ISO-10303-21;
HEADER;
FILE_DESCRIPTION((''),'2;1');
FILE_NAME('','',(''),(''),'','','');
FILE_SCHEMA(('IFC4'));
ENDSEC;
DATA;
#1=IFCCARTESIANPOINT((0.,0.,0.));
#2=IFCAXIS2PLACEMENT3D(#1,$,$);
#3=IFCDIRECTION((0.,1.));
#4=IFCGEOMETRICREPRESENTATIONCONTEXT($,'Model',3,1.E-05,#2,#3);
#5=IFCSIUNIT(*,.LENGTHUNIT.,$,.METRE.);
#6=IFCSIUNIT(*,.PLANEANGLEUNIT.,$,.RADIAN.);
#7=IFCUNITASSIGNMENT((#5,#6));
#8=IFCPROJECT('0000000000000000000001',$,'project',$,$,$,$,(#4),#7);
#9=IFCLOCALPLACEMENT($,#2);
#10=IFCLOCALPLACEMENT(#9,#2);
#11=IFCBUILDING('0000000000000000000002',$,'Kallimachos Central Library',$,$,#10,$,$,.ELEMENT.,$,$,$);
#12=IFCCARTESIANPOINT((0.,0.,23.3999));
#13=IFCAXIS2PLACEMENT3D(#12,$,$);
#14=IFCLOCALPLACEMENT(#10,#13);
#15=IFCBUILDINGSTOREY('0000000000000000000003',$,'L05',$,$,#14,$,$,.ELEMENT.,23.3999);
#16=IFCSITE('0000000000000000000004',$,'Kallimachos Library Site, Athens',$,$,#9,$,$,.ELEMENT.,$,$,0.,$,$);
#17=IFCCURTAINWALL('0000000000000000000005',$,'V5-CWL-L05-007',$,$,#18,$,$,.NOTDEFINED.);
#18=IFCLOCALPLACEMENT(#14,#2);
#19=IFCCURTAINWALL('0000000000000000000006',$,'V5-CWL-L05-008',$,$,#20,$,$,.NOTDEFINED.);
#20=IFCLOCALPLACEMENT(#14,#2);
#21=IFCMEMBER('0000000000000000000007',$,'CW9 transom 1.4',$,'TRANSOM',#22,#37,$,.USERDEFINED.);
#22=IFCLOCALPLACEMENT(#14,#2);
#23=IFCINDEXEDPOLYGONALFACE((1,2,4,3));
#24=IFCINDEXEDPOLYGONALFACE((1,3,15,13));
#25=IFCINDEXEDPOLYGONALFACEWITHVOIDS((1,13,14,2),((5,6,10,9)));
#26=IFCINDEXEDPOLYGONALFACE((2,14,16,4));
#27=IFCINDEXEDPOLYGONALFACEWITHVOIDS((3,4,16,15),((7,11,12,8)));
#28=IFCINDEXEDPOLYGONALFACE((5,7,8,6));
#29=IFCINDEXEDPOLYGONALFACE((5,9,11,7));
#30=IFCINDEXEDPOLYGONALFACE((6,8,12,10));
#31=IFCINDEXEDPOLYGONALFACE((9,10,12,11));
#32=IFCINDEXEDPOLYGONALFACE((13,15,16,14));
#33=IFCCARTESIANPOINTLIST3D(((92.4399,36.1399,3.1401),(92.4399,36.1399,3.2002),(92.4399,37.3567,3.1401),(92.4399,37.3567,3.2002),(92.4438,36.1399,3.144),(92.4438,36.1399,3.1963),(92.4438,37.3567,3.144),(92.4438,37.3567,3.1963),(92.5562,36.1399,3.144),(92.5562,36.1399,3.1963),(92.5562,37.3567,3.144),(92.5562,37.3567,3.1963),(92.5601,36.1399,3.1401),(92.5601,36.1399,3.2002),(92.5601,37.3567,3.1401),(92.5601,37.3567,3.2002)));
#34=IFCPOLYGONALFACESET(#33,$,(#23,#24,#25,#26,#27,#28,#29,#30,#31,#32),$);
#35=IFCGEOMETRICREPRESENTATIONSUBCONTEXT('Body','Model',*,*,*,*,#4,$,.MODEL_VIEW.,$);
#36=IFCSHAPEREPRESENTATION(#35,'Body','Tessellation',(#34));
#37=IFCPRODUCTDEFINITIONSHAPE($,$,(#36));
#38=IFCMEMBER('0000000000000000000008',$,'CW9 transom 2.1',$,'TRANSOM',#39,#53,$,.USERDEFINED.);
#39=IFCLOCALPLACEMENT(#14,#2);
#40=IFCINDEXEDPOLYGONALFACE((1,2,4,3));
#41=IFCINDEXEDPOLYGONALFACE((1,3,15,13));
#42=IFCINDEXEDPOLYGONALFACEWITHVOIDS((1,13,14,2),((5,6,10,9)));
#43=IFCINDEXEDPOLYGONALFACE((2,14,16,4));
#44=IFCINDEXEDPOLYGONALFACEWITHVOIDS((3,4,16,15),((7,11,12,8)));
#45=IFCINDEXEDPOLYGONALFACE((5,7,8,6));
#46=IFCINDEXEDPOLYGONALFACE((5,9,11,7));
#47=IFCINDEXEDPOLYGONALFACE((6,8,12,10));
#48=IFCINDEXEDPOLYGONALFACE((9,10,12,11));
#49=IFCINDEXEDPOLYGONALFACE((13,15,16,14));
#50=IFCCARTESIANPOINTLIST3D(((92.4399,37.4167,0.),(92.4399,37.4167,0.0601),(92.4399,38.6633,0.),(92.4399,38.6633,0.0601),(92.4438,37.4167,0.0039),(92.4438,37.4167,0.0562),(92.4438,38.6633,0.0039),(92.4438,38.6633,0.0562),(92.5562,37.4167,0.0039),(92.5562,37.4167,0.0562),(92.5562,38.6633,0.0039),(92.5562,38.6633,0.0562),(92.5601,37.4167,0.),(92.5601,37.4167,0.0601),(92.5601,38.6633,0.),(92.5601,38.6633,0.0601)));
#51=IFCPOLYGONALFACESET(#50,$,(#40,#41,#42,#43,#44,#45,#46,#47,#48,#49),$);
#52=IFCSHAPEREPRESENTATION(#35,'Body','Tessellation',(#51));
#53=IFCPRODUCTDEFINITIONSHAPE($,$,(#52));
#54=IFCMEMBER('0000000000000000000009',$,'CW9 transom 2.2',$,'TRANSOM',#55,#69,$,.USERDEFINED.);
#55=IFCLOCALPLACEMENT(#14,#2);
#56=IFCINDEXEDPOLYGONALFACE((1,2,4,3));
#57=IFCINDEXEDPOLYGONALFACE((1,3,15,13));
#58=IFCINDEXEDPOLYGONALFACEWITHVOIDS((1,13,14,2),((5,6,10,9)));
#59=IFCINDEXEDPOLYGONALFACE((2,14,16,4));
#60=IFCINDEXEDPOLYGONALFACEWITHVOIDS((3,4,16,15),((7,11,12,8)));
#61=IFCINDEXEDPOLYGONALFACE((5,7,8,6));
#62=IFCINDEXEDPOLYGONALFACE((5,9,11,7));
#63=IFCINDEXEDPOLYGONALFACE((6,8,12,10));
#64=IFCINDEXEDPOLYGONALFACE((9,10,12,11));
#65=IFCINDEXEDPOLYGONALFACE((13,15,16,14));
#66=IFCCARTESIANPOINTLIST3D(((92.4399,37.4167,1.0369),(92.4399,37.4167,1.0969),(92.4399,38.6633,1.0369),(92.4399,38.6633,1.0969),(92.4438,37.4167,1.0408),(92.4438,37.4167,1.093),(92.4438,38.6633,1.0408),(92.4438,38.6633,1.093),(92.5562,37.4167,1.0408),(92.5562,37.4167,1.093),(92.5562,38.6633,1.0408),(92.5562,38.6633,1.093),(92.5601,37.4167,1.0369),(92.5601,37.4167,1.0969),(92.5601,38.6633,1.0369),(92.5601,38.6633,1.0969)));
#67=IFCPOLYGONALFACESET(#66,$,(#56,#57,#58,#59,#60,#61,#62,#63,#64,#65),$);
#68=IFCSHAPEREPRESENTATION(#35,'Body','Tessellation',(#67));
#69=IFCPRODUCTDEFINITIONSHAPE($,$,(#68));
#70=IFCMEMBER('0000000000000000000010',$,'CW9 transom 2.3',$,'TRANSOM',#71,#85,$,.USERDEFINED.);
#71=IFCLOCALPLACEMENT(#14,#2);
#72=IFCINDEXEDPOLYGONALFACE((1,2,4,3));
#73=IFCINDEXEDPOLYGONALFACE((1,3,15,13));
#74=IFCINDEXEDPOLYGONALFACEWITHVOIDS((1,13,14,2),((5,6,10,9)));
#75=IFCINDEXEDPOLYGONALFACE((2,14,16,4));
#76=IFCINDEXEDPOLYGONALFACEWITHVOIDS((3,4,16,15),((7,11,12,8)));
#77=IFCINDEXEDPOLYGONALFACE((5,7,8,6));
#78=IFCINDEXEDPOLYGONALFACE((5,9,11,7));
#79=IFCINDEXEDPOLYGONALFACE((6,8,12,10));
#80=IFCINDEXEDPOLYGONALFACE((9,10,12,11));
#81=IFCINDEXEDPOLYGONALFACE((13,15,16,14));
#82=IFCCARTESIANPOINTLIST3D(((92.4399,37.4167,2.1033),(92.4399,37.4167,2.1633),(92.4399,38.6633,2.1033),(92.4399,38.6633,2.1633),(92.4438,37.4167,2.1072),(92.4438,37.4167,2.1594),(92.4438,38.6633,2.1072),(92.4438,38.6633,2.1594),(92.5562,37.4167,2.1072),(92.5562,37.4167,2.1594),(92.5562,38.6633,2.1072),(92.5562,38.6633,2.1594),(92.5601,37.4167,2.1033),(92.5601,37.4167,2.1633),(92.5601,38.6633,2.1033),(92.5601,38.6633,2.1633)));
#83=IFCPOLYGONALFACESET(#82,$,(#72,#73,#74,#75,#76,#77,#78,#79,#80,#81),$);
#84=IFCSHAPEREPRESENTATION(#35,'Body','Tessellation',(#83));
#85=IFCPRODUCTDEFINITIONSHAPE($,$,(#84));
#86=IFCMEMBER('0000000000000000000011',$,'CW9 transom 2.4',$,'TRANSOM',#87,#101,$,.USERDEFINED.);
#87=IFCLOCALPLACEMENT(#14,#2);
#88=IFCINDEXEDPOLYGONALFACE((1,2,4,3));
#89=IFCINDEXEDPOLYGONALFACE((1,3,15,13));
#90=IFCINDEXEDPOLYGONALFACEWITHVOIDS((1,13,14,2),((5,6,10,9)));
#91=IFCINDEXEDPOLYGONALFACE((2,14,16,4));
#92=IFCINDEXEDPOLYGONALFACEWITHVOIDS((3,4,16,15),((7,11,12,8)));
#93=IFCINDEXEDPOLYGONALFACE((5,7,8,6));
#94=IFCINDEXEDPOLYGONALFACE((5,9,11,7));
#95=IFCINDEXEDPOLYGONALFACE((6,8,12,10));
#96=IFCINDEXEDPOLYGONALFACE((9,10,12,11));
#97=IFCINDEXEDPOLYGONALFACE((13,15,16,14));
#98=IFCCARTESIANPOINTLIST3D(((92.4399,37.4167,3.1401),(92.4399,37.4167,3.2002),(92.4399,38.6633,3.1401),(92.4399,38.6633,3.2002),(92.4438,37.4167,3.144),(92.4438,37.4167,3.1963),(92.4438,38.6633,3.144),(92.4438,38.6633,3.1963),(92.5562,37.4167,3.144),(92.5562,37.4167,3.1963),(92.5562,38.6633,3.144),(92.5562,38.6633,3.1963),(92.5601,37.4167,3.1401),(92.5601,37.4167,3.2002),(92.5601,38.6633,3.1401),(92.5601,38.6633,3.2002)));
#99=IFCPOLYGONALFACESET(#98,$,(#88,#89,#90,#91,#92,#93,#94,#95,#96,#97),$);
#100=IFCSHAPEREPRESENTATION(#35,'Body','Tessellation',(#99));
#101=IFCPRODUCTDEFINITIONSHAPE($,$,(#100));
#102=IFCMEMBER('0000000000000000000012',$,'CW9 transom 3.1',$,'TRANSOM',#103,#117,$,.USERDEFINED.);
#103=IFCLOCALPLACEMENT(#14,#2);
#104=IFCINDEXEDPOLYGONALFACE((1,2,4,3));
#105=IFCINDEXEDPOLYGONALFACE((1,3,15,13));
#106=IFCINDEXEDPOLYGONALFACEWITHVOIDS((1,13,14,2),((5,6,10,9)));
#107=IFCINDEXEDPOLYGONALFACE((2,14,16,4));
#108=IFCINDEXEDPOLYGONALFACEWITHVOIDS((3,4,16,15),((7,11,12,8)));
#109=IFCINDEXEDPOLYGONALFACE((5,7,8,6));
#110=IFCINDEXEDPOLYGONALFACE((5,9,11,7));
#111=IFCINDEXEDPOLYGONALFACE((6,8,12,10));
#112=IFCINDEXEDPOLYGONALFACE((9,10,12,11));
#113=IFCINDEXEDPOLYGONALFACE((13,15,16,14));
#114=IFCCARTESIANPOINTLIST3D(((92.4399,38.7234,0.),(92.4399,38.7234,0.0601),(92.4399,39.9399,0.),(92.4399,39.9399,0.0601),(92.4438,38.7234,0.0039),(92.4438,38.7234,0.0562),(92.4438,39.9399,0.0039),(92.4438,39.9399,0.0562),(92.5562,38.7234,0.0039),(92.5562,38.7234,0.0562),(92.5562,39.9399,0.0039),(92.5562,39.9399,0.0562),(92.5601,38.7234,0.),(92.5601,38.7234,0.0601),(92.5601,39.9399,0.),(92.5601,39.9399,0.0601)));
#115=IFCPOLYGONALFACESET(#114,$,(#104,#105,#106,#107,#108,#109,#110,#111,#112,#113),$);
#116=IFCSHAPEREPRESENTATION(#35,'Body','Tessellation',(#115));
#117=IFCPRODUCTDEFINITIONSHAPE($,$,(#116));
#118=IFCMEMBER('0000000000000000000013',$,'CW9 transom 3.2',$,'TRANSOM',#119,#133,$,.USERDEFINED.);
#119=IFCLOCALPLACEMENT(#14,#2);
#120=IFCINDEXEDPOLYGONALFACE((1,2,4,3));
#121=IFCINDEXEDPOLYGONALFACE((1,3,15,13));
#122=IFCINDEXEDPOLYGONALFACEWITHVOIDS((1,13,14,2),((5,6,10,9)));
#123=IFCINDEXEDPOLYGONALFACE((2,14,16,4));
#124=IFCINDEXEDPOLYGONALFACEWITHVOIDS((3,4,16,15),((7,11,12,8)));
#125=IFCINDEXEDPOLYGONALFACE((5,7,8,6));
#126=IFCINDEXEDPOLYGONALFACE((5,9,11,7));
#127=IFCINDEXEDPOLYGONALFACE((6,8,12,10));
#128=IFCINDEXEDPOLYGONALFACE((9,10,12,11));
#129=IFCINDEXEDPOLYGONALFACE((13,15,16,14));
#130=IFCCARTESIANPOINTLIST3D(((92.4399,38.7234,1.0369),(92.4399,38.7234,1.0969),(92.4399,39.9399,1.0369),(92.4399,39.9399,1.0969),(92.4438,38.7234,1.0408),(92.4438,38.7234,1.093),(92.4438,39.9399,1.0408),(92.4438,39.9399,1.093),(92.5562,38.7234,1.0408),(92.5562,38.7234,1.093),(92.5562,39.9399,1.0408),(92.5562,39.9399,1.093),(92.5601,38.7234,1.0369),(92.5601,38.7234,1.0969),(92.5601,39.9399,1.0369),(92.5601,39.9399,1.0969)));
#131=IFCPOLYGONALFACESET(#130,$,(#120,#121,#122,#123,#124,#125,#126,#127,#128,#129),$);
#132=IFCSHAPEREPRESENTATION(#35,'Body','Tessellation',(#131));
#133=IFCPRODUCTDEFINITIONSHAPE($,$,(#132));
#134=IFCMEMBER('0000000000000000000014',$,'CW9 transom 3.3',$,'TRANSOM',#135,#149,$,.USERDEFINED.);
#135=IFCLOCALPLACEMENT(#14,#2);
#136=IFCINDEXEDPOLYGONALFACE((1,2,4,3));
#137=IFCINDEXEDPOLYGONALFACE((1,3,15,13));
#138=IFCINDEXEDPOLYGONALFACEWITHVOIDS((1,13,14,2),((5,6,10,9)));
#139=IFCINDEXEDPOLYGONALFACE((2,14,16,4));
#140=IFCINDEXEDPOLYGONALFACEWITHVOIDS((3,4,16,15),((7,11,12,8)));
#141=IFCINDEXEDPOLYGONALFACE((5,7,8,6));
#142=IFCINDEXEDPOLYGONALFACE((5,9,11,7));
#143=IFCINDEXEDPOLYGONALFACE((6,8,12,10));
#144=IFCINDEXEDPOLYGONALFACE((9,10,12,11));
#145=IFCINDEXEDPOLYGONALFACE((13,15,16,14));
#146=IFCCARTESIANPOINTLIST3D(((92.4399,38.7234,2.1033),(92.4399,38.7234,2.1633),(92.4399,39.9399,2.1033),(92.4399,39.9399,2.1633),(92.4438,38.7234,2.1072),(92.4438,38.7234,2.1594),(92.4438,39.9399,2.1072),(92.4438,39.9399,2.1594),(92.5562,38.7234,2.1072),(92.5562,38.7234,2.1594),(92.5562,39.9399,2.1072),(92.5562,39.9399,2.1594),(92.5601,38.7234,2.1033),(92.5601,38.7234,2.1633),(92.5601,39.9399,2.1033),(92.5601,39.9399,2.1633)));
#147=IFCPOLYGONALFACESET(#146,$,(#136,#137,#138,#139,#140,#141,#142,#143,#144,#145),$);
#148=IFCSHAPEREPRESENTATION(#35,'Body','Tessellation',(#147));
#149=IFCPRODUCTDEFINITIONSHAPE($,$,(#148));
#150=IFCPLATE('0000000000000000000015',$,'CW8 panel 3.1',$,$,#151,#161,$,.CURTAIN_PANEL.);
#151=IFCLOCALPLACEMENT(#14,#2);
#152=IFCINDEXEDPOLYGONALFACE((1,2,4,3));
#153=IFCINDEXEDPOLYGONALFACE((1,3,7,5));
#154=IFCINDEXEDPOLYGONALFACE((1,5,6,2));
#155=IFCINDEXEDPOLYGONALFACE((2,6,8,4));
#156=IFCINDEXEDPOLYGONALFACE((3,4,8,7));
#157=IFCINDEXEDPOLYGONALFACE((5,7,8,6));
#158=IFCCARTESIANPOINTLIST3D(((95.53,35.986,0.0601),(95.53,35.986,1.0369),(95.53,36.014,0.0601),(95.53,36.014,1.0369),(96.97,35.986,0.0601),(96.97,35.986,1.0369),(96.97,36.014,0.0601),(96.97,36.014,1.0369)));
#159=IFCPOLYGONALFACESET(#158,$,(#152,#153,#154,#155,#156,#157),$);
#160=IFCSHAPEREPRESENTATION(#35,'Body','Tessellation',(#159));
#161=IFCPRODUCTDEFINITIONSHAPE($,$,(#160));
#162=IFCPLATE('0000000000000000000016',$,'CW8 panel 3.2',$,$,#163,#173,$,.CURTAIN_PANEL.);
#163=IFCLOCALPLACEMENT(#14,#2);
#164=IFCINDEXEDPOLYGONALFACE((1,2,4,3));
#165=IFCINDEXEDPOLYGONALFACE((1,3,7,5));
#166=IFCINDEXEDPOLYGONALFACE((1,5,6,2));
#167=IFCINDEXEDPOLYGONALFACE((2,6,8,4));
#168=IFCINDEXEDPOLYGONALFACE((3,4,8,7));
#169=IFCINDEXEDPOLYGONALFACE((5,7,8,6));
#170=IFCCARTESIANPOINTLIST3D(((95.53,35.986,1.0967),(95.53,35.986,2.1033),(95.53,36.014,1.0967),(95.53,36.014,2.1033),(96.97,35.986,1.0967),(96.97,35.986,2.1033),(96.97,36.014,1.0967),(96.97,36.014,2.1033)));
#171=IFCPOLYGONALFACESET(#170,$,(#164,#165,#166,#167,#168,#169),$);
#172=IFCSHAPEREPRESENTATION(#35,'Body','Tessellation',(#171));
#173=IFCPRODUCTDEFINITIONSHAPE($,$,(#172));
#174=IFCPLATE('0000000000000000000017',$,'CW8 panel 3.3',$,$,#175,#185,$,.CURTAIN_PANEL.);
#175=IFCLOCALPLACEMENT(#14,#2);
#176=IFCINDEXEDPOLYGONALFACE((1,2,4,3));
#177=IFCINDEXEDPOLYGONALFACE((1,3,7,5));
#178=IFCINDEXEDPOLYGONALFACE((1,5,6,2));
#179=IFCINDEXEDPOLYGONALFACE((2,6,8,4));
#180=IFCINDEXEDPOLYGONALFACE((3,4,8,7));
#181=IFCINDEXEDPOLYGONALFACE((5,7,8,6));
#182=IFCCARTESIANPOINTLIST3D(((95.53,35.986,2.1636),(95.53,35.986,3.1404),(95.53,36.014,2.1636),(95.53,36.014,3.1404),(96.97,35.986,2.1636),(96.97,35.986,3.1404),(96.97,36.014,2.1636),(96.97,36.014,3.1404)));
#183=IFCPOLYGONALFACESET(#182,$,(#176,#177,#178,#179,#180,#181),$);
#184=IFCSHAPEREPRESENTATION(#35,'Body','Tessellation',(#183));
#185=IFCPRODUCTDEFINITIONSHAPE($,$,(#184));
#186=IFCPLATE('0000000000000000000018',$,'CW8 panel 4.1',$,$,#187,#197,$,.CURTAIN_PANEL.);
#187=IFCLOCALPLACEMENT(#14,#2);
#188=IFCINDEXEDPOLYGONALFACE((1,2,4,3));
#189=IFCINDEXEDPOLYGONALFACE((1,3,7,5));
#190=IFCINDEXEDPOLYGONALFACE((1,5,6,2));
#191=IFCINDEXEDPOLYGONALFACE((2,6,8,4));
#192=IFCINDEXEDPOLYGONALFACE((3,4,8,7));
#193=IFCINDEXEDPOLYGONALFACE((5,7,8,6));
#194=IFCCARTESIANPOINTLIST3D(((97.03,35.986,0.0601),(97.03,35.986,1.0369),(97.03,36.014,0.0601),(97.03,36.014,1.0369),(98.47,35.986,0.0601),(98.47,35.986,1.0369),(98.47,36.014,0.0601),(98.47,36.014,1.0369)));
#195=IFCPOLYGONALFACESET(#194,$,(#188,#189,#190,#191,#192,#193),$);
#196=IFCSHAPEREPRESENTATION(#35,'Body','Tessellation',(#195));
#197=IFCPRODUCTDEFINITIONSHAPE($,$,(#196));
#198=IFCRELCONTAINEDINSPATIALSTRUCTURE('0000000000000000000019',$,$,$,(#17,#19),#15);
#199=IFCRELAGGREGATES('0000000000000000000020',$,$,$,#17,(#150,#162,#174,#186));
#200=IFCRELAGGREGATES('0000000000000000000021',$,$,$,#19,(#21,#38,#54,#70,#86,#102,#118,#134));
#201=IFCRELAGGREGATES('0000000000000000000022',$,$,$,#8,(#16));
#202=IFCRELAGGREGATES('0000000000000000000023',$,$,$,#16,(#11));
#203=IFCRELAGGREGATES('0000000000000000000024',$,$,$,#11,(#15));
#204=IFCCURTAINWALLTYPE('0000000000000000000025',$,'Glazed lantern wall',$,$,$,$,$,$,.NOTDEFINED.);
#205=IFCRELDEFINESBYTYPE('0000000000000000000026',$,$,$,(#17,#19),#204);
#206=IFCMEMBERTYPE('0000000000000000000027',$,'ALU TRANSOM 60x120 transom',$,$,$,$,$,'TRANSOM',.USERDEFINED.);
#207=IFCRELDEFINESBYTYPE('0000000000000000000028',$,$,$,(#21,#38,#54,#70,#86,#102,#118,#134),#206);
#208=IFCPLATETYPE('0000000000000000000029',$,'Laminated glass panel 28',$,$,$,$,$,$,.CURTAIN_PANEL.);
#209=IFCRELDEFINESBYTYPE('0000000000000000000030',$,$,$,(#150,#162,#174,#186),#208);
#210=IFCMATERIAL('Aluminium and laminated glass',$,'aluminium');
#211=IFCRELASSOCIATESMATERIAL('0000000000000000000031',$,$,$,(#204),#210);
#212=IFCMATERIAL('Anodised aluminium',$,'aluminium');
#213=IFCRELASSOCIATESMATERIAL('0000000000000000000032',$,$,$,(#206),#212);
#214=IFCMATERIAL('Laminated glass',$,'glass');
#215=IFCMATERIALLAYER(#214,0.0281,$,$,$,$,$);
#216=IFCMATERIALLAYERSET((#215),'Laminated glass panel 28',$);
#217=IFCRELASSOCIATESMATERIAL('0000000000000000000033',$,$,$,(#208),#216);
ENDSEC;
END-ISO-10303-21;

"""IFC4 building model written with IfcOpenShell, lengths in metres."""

from ifc_helpers import new_model, si_unit, direction, frame, origin, origin_2d, place, context, subcontext, project, spatial, rectangle, hollow_rectangle, extrude, material, layer, layer_set, material_profile, profile_set, type_object, element, aggregate, save


model = new_model("IFC4")

# Units and contexts
model_context = context("Model", 3, precision=1e-05, world=origin(), true_north=direction((0.0, 1.0)))
body_context = subcontext(model_context, "Body", "Model", "MODEL_VIEW")
ifc_project = project(units=[si_unit("LENGTHUNIT", "METRE"), si_unit("PLANEANGLEUNIT", "RADIAN")], contexts=[model_context])

# Site, building, storey
site_placement = place(None, origin())
site = spatial("IfcSite", under=ifc_project, at=site_placement, Name="Kallimachos Library Site, Athens", CompositionType="ELEMENT", RefElevation=0.0)
building_placement = place(site_placement, origin())
building = spatial("IfcBuilding", under=site, at=building_placement, Name="Kallimachos Central Library", CompositionType="ELEMENT")
storey_placement = place(building_placement, frame((0.0, 0.0, 23.3999)))
storey = spatial("IfcBuildingStorey", under=building, at=storey_placement, Name="L05", CompositionType="ELEMENT", Elevation=23.3999)

# Curtain wall
ifc_material_1 = material(Name="Aluminium and laminated glass", Category="aluminium")
curtain_wall_type = type_object("IfcCurtainWallType", Name="Glazed lantern wall", PredefinedType="NOTDEFINED", material=ifc_material_1)
curtain_wall_1_placement = place(storey_placement, origin())
curtain_wall_1 = element("IfcCurtainWall", 1, at=curtain_wall_1_placement, inside=storey, type_object=curtain_wall_type, Name="V5-CWL-L05-007", PredefinedType="NOTDEFINED")

# Curtain wall
curtain_wall_2_placement = place(storey_placement, origin())
curtain_wall_2 = element("IfcCurtainWall", 2, at=curtain_wall_2_placement, inside=storey, type_object=curtain_wall_type, Name="V5-CWL-L05-008", PredefinedType="NOTDEFINED")

# Members
ifc_material_2 = material(Name="Anodised aluminium", Category="aluminium")
ifc_material_profile_1 = material_profile(ifc_material_2, hollow_rectangle(XDim=0.0601, YDim=0.1201, WallThickness=0.0039, at=origin_2d()), Name="ALU TRANSOM 60x120")
ifc_profile_set_1 = profile_set([ifc_material_profile_1], Name="Anodised aluminium")
member_type_1 = type_object("IfcMemberType", Name="ALU TRANSOM 60x120 transom", ElementType="TRANSOM", PredefinedType="USERDEFINED", material=ifc_profile_set_1)
member_1_placement = place(storey_placement, frame((92.5, 36.1399, 3.1702), z_axis=(0.0, 1.0, 0.0), x_axis=(0.0, 0.0, 1.0)))
member_1 = element("IfcMember", 3, at=member_1_placement, type_object=member_type_1, Name="CW9 transom 1.4", ObjectType="TRANSOM", PredefinedType="USERDEFINED", context=body_context, shape_type="SweptSolid", body=[
    extrude(hollow_rectangle(XDim=0.0601, YDim=0.1201, WallThickness=0.0039, at=origin_2d()), origin(), (0.0, 0.0, 1.0), 1.2168),
])
member_2_placement = place(storey_placement, frame((92.5, 37.4167, 0.03), z_axis=(0.0, 1.0, 0.0), x_axis=(0.0, 0.0, 1.0)))
member_2 = element("IfcMember", 4, at=member_2_placement, type_object=member_type_1, Name="CW9 transom 2.1", ObjectType="TRANSOM", PredefinedType="USERDEFINED", context=body_context, shape_type="SweptSolid", body=[
    extrude(hollow_rectangle(XDim=0.0601, YDim=0.1201, WallThickness=0.0039, at=origin_2d()), origin(), (0.0, 0.0, 1.0), 1.2466),
])
member_3_placement = place(storey_placement, frame((92.5, 37.4167, 1.0669), z_axis=(0.0, 1.0, 0.0), x_axis=(0.0, 0.0, 1.0)))
member_3 = element("IfcMember", 5, at=member_3_placement, type_object=member_type_1, Name="CW9 transom 2.2", ObjectType="TRANSOM", PredefinedType="USERDEFINED", context=body_context, shape_type="SweptSolid", body=[
    extrude(hollow_rectangle(XDim=0.0601, YDim=0.1201, WallThickness=0.0039, at=origin_2d()), origin(), (0.0, 0.0, 1.0), 1.2466),
])
member_4_placement = place(storey_placement, frame((92.5, 37.4167, 2.1333), z_axis=(0.0, 1.0, 0.0), x_axis=(0.0, 0.0, 1.0)))
member_4 = element("IfcMember", 6, at=member_4_placement, type_object=member_type_1, Name="CW9 transom 2.3", ObjectType="TRANSOM", PredefinedType="USERDEFINED", context=body_context, shape_type="SweptSolid", body=[
    extrude(hollow_rectangle(XDim=0.0601, YDim=0.1201, WallThickness=0.0039, at=origin_2d()), origin(), (0.0, 0.0, 1.0), 1.2466),
])
member_5_placement = place(storey_placement, frame((92.5, 37.4167, 3.1702), z_axis=(0.0, 1.0, 0.0), x_axis=(0.0, 0.0, 1.0)))
member_5 = element("IfcMember", 7, at=member_5_placement, type_object=member_type_1, Name="CW9 transom 2.4", ObjectType="TRANSOM", PredefinedType="USERDEFINED", context=body_context, shape_type="SweptSolid", body=[
    extrude(hollow_rectangle(XDim=0.0601, YDim=0.1201, WallThickness=0.0039, at=origin_2d()), origin(), (0.0, 0.0, 1.0), 1.2466),
])
member_6_placement = place(storey_placement, frame((92.5, 38.7234, 0.03), z_axis=(0.0, 1.0, 0.0), x_axis=(0.0, 0.0, 1.0)))
member_6 = element("IfcMember", 8, at=member_6_placement, type_object=member_type_1, Name="CW9 transom 3.1", ObjectType="TRANSOM", PredefinedType="USERDEFINED", context=body_context, shape_type="SweptSolid", body=[
    extrude(hollow_rectangle(XDim=0.0601, YDim=0.1201, WallThickness=0.0039, at=origin_2d()), origin(), (0.0, 0.0, 1.0), 1.2166),
])
member_7_placement = place(storey_placement, frame((92.5, 38.7234, 1.0669), z_axis=(0.0, 1.0, 0.0), x_axis=(0.0, 0.0, 1.0)))
member_7 = element("IfcMember", 9, at=member_7_placement, type_object=member_type_1, Name="CW9 transom 3.2", ObjectType="TRANSOM", PredefinedType="USERDEFINED", context=body_context, shape_type="SweptSolid", body=[
    extrude(hollow_rectangle(XDim=0.0601, YDim=0.1201, WallThickness=0.0039, at=origin_2d()), origin(), (0.0, 0.0, 1.0), 1.2166),
])
member_8_placement = place(storey_placement, frame((92.5, 38.7234, 2.1333), z_axis=(0.0, 1.0, 0.0), x_axis=(0.0, 0.0, 1.0)))
member_8 = element("IfcMember", 10, at=member_8_placement, type_object=member_type_1, Name="CW9 transom 3.3", ObjectType="TRANSOM", PredefinedType="USERDEFINED", context=body_context, shape_type="SweptSolid", body=[
    extrude(hollow_rectangle(XDim=0.0601, YDim=0.1201, WallThickness=0.0039, at=origin_2d()), origin(), (0.0, 0.0, 1.0), 1.2166),
])

# Plates
ifc_material_3 = material(Name="Laminated glass", Category="glass")
ifc_layer_1 = layer(ifc_material_3, 0.0281)
ifc_layer_set_1 = layer_set([ifc_layer_1], Name="Laminated glass panel 28")
plate_type = type_object("IfcPlateType", Name="Laminated glass panel 28", PredefinedType="CURTAIN_PANEL", material=ifc_layer_set_1)
plate_1_placement = place(storey_placement, frame((96.25, 36.0, 0.0601), z_axis=(0.0, 0.0, 1.0), x_axis=(1.0, 0.0, 0.0)))
plate_1 = element("IfcPlate", 11, at=plate_1_placement, type_object=plate_type, Name="CW8 panel 3.1", PredefinedType="CURTAIN_PANEL", context=body_context, shape_type="SweptSolid", body=[
    extrude(rectangle(XDim=1.4399, YDim=0.0281, at=origin_2d()), origin(), (0.0, 0.0, 1.0), 0.9768),
])
plate_2_placement = place(storey_placement, frame((96.25, 36.0, 1.0967), z_axis=(0.0, 0.0, 1.0), x_axis=(1.0, 0.0, 0.0)))
plate_2 = element("IfcPlate", 12, at=plate_2_placement, type_object=plate_type, Name="CW8 panel 3.2", PredefinedType="CURTAIN_PANEL", context=body_context, shape_type="SweptSolid", body=[
    extrude(rectangle(XDim=1.4399, YDim=0.0281, at=origin_2d()), origin(), (0.0, 0.0, 1.0), 1.0066),
])
plate_3_placement = place(storey_placement, frame((96.25, 36.0, 2.1636), z_axis=(0.0, 0.0, 1.0), x_axis=(1.0, 0.0, 0.0)))
plate_3 = element("IfcPlate", 13, at=plate_3_placement, type_object=plate_type, Name="CW8 panel 3.3", PredefinedType="CURTAIN_PANEL", context=body_context, shape_type="SweptSolid", body=[
    extrude(rectangle(XDim=1.4399, YDim=0.0281, at=origin_2d()), origin(), (0.0, 0.0, 1.0), 0.9768),
])
plate_4_placement = place(storey_placement, frame((97.75, 36.0, 0.0601), z_axis=(0.0, 0.0, 1.0), x_axis=(1.0, 0.0, 0.0)))
plate_4 = element("IfcPlate", 14, at=plate_4_placement, type_object=plate_type, Name="CW8 panel 4.1", PredefinedType="CURTAIN_PANEL", context=body_context, shape_type="SweptSolid", body=[
    extrude(rectangle(XDim=1.4399, YDim=0.0281, at=origin_2d()), origin(), (0.0, 0.0, 1.0), 0.9768),
])
aggregate(curtain_wall_1, [plate_1, plate_2, plate_3, plate_4])
aggregate(curtain_wall_2, [member_1, member_2, member_3, member_4, member_5, member_6, member_7, member_8])

save(model, "model.ifc")
